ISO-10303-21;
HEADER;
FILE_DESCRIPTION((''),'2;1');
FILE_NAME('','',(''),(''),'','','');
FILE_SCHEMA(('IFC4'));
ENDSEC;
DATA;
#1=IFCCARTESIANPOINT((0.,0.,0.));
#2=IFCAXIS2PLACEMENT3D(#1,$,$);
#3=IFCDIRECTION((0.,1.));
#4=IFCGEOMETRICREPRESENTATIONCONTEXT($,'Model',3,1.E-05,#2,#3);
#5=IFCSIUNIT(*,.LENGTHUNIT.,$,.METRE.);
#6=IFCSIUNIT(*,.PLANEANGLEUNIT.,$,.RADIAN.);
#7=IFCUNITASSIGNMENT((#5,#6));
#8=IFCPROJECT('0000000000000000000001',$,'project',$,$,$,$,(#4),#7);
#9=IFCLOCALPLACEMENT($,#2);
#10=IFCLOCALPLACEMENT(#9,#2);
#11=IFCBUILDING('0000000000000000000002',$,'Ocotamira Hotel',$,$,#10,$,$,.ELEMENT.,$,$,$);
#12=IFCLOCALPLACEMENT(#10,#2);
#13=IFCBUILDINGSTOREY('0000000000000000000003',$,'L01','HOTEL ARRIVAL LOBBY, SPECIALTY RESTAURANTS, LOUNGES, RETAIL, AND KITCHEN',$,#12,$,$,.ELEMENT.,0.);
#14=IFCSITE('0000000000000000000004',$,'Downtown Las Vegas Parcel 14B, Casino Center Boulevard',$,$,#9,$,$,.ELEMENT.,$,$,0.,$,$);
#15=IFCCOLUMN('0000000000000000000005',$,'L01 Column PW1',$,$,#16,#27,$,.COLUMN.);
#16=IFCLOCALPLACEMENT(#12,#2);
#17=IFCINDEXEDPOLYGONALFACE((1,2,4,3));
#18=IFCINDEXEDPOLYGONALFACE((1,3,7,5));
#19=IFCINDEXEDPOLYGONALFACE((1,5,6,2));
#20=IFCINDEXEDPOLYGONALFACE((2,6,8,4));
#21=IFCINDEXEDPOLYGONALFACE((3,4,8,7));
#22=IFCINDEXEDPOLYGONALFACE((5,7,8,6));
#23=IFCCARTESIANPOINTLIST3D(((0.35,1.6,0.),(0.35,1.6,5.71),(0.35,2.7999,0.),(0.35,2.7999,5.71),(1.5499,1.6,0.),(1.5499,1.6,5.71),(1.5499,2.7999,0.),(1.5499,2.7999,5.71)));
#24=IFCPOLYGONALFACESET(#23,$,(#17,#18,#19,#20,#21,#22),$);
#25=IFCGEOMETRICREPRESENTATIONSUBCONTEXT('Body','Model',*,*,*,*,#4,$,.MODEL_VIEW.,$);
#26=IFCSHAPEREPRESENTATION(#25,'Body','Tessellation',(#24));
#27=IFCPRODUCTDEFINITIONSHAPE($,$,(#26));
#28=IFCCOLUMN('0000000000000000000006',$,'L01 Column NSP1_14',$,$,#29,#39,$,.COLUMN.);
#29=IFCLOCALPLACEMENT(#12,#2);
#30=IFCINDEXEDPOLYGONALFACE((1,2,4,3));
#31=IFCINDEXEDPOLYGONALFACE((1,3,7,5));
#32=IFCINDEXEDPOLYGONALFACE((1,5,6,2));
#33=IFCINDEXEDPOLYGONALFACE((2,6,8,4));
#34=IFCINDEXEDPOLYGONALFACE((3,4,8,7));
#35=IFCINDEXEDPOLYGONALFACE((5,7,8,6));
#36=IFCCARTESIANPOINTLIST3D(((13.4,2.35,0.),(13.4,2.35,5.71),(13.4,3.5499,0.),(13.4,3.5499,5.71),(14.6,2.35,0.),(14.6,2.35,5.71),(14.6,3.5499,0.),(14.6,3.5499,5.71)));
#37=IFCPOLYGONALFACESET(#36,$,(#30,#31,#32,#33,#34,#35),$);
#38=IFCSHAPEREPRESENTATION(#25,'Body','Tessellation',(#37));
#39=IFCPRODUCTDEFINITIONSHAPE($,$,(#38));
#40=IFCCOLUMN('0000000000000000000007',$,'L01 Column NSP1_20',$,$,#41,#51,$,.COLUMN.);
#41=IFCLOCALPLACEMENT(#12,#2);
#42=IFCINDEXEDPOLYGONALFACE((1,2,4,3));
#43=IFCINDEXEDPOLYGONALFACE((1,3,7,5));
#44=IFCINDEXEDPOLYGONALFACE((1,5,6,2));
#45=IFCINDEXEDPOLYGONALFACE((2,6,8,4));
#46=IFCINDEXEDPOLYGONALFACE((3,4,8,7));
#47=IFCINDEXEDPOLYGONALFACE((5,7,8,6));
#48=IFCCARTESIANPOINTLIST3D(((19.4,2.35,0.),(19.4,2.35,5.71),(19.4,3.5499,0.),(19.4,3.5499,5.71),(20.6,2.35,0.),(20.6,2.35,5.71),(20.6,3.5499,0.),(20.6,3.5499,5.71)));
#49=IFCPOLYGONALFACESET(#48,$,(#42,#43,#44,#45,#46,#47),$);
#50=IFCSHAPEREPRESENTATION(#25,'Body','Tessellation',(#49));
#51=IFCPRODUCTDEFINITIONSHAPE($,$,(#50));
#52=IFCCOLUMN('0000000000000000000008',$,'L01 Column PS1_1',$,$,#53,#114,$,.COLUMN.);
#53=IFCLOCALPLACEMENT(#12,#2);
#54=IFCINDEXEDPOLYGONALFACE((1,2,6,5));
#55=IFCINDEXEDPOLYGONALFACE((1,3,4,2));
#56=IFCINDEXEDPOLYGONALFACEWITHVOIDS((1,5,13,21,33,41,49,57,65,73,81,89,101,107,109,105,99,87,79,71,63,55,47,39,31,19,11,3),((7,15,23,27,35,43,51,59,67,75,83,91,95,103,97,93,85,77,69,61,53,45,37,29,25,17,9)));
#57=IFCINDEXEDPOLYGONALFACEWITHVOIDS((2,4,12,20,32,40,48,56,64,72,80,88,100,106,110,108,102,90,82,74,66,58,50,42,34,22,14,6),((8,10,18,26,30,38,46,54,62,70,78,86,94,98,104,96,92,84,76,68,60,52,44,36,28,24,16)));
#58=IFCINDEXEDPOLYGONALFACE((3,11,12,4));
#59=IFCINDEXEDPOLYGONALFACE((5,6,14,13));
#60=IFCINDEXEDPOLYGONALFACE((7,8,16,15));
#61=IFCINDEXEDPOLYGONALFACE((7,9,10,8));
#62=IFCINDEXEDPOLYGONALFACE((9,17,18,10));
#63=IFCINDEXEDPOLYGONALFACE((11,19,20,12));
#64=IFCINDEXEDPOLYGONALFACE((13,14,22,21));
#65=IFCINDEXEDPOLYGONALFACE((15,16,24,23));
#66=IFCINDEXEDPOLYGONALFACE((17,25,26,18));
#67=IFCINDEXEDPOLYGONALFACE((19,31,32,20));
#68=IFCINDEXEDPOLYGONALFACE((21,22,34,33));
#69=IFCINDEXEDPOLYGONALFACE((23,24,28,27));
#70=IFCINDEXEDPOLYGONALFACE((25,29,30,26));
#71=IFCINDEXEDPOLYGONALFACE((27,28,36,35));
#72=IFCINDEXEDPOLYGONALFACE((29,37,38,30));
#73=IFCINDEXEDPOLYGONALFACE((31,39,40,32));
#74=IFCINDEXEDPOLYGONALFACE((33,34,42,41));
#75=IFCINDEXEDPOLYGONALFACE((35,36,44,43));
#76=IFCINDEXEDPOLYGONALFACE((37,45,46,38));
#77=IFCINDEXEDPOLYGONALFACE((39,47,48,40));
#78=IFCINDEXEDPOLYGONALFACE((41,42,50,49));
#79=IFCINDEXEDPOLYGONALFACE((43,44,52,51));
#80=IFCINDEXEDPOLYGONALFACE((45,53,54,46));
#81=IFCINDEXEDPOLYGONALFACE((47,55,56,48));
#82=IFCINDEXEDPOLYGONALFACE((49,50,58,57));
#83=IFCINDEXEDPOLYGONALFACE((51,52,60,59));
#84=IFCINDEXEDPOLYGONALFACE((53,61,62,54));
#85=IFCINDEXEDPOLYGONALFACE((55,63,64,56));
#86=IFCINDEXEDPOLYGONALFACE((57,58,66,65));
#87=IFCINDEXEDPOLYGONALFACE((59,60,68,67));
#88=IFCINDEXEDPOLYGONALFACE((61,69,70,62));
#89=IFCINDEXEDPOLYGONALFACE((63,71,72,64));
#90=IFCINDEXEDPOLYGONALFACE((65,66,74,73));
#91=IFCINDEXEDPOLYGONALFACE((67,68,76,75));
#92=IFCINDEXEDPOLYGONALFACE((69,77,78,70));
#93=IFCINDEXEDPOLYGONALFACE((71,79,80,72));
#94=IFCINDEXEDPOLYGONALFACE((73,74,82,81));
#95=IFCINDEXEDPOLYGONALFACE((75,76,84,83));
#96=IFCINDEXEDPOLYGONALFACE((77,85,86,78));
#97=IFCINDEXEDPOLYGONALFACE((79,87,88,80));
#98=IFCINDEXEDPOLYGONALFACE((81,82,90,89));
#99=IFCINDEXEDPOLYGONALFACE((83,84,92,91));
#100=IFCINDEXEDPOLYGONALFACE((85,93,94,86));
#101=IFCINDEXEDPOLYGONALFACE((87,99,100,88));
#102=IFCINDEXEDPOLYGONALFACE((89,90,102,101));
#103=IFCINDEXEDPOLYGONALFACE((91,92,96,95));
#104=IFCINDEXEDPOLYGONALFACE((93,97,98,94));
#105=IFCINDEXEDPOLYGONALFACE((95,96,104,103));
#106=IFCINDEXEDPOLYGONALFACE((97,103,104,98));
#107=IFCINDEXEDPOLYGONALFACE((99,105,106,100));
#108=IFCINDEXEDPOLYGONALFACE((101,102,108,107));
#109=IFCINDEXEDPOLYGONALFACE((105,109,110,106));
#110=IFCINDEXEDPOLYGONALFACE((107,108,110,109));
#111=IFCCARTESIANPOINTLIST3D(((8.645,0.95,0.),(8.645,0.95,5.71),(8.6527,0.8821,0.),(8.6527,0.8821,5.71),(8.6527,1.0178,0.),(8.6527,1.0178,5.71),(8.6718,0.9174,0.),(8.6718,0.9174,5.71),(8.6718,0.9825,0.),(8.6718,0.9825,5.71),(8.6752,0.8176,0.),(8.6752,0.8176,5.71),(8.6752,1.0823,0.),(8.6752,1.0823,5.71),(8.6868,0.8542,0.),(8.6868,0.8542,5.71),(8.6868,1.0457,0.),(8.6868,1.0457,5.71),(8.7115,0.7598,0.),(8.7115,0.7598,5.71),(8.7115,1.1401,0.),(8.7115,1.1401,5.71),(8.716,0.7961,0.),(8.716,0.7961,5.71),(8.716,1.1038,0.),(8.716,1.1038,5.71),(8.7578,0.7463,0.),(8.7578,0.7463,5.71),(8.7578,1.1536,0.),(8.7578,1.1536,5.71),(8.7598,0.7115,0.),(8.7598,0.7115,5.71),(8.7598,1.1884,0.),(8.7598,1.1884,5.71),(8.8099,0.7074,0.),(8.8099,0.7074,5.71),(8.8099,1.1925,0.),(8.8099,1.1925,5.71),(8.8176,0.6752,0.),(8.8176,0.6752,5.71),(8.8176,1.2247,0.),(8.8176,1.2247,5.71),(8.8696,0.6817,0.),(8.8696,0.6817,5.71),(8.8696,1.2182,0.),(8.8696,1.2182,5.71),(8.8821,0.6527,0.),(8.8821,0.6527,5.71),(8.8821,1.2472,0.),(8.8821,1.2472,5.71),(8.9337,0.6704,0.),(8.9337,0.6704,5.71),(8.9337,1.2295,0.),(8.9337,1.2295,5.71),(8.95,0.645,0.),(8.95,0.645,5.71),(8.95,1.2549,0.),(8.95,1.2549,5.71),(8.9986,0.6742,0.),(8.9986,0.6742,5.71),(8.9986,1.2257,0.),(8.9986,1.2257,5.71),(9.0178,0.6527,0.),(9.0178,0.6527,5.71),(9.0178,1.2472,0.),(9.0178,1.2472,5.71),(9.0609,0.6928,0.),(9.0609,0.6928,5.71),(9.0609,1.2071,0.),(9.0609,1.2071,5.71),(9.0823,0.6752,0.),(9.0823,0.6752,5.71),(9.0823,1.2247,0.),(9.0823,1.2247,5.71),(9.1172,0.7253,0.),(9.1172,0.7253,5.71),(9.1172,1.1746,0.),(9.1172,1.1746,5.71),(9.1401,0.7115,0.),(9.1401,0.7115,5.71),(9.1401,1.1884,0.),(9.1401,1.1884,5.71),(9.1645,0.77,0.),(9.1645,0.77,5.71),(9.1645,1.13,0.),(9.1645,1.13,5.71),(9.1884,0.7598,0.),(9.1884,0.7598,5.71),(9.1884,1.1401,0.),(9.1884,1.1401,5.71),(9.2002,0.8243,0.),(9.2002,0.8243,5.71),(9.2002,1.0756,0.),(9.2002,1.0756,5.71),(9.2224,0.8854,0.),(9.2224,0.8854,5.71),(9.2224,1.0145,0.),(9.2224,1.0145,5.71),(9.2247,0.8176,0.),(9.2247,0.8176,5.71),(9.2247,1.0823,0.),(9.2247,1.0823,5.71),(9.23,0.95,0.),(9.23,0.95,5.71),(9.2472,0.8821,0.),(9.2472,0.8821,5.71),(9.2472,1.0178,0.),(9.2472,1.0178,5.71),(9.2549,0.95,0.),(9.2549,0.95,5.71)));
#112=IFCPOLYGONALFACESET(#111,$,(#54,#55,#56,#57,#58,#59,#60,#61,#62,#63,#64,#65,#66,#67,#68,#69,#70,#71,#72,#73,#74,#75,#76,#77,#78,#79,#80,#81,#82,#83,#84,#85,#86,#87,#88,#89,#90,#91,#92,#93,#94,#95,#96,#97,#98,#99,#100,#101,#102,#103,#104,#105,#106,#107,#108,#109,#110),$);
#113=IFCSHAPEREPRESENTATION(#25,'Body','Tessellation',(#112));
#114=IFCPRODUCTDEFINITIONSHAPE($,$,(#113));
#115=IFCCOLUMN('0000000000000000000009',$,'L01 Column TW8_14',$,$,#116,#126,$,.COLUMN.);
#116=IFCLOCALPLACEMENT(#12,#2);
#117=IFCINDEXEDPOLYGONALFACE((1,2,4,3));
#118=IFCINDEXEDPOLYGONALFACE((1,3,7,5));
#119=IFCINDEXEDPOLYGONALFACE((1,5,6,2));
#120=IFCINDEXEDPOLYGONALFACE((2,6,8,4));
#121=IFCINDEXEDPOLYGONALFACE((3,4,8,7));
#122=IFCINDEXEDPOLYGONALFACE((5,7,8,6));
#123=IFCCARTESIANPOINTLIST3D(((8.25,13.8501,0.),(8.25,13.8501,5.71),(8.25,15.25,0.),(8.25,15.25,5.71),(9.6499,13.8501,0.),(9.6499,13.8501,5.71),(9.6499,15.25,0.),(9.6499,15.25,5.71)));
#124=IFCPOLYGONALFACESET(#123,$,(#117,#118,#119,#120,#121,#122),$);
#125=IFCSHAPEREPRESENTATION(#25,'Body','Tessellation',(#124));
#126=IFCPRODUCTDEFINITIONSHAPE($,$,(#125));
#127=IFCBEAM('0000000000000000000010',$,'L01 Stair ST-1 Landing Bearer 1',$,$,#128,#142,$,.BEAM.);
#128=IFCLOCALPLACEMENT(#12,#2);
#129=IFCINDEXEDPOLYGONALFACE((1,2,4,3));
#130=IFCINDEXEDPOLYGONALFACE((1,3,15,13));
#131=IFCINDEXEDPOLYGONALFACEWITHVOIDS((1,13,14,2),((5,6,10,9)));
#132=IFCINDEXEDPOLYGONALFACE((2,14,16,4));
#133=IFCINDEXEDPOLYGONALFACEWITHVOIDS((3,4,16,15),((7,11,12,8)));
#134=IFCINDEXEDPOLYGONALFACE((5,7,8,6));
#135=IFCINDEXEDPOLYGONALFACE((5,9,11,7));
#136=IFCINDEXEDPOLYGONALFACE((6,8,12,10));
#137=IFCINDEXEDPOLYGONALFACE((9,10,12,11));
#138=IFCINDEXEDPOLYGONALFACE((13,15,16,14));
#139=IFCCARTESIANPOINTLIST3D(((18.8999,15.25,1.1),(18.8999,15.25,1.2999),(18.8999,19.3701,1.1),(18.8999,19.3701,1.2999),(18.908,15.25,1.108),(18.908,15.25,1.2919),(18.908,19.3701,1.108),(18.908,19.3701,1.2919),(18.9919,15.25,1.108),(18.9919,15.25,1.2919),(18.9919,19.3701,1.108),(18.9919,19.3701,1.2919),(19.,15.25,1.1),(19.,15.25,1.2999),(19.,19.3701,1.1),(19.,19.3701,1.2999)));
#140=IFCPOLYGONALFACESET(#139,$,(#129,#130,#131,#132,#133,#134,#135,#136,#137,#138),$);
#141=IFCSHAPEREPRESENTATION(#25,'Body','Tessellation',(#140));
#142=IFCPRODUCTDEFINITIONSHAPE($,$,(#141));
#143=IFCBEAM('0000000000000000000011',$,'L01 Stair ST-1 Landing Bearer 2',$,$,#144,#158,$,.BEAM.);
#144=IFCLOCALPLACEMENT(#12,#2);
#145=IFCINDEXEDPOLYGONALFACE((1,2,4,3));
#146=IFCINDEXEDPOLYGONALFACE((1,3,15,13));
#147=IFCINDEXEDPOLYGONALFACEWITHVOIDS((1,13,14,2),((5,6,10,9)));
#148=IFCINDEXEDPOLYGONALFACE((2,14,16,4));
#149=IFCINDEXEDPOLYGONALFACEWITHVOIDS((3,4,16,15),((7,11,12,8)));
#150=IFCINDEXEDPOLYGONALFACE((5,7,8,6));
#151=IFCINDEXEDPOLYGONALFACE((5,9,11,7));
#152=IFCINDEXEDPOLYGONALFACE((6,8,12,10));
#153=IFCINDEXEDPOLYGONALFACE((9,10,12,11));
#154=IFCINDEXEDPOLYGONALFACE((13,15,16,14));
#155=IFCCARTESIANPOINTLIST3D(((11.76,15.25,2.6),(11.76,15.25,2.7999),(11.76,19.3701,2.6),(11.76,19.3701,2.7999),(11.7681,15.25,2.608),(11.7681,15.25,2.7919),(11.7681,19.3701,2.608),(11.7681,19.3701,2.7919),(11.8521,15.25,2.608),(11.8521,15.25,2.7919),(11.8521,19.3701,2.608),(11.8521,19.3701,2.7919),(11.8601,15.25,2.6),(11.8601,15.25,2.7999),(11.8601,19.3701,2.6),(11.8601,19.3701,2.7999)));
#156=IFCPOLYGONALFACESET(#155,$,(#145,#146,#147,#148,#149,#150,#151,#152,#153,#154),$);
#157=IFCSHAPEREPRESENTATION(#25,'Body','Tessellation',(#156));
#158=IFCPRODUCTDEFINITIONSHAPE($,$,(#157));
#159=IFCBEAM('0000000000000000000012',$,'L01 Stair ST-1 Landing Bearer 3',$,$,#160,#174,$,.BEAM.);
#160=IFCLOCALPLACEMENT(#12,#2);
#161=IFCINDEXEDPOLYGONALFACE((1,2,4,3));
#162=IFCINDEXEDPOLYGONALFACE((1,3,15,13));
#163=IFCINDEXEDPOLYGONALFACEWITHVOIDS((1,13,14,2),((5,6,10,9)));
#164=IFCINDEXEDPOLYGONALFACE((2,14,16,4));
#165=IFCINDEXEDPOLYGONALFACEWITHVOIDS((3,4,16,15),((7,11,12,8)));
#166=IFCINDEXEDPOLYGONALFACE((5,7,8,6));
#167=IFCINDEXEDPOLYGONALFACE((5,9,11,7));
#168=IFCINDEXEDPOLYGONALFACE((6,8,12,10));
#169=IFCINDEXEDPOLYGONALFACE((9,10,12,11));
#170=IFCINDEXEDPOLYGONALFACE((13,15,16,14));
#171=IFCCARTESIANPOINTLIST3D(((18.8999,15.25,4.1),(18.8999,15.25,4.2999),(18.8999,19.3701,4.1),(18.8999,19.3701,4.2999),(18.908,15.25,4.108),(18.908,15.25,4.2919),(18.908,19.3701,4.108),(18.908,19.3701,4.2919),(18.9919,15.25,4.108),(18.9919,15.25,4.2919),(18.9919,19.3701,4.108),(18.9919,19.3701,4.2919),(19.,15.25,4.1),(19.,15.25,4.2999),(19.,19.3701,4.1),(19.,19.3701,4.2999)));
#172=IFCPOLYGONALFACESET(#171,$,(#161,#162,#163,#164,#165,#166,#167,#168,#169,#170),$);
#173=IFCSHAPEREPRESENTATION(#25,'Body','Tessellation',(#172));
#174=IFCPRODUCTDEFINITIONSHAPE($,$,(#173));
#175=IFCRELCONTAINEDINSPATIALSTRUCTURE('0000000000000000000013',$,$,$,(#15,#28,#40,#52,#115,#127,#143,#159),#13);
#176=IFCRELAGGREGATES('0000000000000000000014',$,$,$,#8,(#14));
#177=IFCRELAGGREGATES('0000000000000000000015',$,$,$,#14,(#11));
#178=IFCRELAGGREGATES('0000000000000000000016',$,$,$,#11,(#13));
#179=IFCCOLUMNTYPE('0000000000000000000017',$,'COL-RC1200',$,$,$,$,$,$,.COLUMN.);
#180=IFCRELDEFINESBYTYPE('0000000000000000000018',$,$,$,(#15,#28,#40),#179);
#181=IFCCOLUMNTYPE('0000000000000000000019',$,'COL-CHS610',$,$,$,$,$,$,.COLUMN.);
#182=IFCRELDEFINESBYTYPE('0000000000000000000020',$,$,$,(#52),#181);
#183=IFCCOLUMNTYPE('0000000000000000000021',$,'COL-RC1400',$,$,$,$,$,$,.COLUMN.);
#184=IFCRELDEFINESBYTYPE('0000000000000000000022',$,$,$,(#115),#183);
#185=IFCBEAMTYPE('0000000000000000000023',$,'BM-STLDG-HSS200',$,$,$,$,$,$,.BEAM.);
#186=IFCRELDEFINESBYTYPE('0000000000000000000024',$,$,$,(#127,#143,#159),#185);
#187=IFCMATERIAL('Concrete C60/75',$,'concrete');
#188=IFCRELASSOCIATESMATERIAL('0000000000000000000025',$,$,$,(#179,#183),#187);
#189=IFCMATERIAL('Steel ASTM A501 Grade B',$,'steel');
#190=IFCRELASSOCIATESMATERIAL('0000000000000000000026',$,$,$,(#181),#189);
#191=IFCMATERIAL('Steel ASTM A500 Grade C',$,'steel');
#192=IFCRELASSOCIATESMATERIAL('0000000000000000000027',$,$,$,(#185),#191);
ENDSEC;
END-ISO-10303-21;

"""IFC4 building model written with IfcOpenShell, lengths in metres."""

from ifc_helpers import new_model, si_unit, direction, frame, origin, origin_2d, place, context, subcontext, project, spatial, rectangle, hollow_rectangle, hollow_circle, extrude, source, transform, mapped, material, material_profile, profile_set, type_object, element, save


model = new_model("IFC4")

# Units and contexts
model_context = context("Model", 3, precision=1e-05, world=origin(), true_north=direction((0.0, 1.0)))
body_context = subcontext(model_context, "Body", "Model", "MODEL_VIEW")
ifc_project = project(units=[si_unit("LENGTHUNIT", "METRE"), si_unit("PLANEANGLEUNIT", "RADIAN")], contexts=[model_context])

# Site, building, storey
site_placement = place(None, origin())
site = spatial("IfcSite", under=ifc_project, at=site_placement, Name="Downtown Las Vegas Parcel 14B, Casino Center Boulevard", CompositionType="ELEMENT", RefElevation=0.0)
building_placement = place(site_placement, origin())
building = spatial("IfcBuilding", under=site, at=building_placement, Name="Ocotamira Hotel", CompositionType="ELEMENT")
storey_placement = place(building_placement, origin())
storey = spatial("IfcBuildingStorey", under=building, at=storey_placement, Name="L01", Description="HOTEL ARRIVAL LOBBY, SPECIALTY RESTAURANTS, LOUNGES, RETAIL, AND KITCHEN", CompositionType="ELEMENT", Elevation=0.0)

# Columns
ifc_material_1 = material(Name="Concrete C60/75", Category="concrete")
ifc_material_profile_1 = material_profile(ifc_material_1, rectangle(XDim=1.2, YDim=1.2, at=origin_2d()), Name="RC1200X1200")
ifc_profile_set_1 = profile_set([ifc_material_profile_1], Name="Concrete C60/75")
column_type_1 = type_object("IfcColumnType", Name="COL-RC1200", PredefinedType="COLUMN", material=ifc_profile_set_1)
shared_shape_1 = source(origin(), body_context, "Body", "SweptSolid", [
    extrude(rectangle(XDim=1.2, YDim=1.2, at=origin_2d()), origin(), (0.0, 0.0, 1.0), 5.71),
])
for number, where, z_axis, x_axis, name in (
    (1, (0.95, 2.2, 0.0), (0.0, 0.0, 1.0), (1.0, 0.0, 0.0), "L01 Column PW1"),
    (2, (14.0, 2.95, 0.0), (0.0, 0.0, 1.0), (1.0, 0.0, 0.0), "L01 Column NSP1_14"),
    (3, (20.0, 2.95, 0.0), (0.0, 0.0, 1.0), (1.0, 0.0, 0.0), "L01 Column NSP1_20"),
):
    element("IfcColumn", number, at=place(storey_placement, frame(where, z_axis=z_axis, x_axis=x_axis)), inside=storey, type_object=column_type_1, Name=name, PredefinedType="COLUMN", context=body_context, shape_type="MappedRepresentation", body=[
        mapped(shared_shape_1, transform((0.0, 0.0, 0.0), scale=1.0)),
    ])
ifc_material_2 = material(Name="Steel ASTM A501 Grade B", Category="steel")
ifc_material_profile_2 = material_profile(ifc_material_2, hollow_circle(Radius=0.3049, WallThickness=0.0249, at=origin_2d()), Name="CHS610X25")
ifc_profile_set_2 = profile_set([ifc_material_profile_2], Name="Steel ASTM A501 Grade B")
column_type_2 = type_object("IfcColumnType", Name="COL-CHS610", PredefinedType="COLUMN", material=ifc_profile_set_2)
shared_shape_2 = source(origin(), body_context, "Body", "SweptSolid", [
    extrude(hollow_circle(Radius=0.3049, WallThickness=0.0249, at=origin_2d()), origin(), (0.0, 0.0, 1.0), 5.71),
])
column_1_placement = place(storey_placement, frame((8.95, 0.95, 0.0), z_axis=(0.0, 0.0, 1.0), x_axis=(1.0, 0.0, 0.0)))
element("IfcColumn", 4, at=column_1_placement, inside=storey, type_object=column_type_2, Name="L01 Column PS1_1", PredefinedType="COLUMN", context=body_context, shape_type="MappedRepresentation", body=[
    mapped(shared_shape_2, transform((0.0, 0.0, 0.0), scale=1.0)),
])
ifc_material_profile_3 = material_profile(ifc_material_1, rectangle(XDim=1.3999, YDim=1.3999, at=origin_2d()), Name="RC1400X1400")
ifc_profile_set_3 = profile_set([ifc_material_profile_3], Name="Concrete C60/75")
column_type_3 = type_object("IfcColumnType", Name="COL-RC1400", PredefinedType="COLUMN", material=ifc_profile_set_3)
shared_shape_3 = source(origin(), body_context, "Body", "SweptSolid", [
    extrude(rectangle(XDim=1.3999, YDim=1.3999, at=origin_2d()), origin(), (0.0, 0.0, 1.0), 5.71),
])
column_2_placement = place(storey_placement, frame((8.95, 14.55, 0.0), z_axis=(0.0, 0.0, 1.0), x_axis=(1.0, 0.0, 0.0)))
element("IfcColumn", 5, at=column_2_placement, inside=storey, type_object=column_type_3, Name="L01 Column TW8_14", PredefinedType="COLUMN", context=body_context, shape_type="MappedRepresentation", body=[
    mapped(shared_shape_3, transform((0.0, 0.0, 0.0), scale=1.0)),
])

# Beams
ifc_material_3 = material(Name="Steel ASTM A500 Grade C", Category="steel")
ifc_material_profile_4 = material_profile(ifc_material_3, hollow_rectangle(XDim=0.1001, YDim=0.2, WallThickness=0.0081, at=origin_2d()), Name="HSS200X100X8")
ifc_profile_set_4 = profile_set([ifc_material_profile_4], Name="Steel ASTM A500 Grade C")
beam_type_1 = type_object("IfcBeamType", Name="BM-STLDG-HSS200", PredefinedType="BEAM", material=ifc_profile_set_4)
shared_shape_4 = source(origin(), body_context, "Body", "SweptSolid", [
    extrude(hollow_rectangle(XDim=0.1001, YDim=0.2, WallThickness=0.0081, at=origin_2d()), origin(), (0.0, 0.0, 1.0), 4.1201),
])
for number, where, z_axis, x_axis, name in (
    (6, (18.95, 15.25, 1.2), (0.0, 1.0, 0.0), (-1.0, 0.0, 0.0), "L01 Stair ST-1 Landing Bearer 1"),
    (7, (11.8101, 15.25, 2.7), (0.0, 1.0, 0.0), (-1.0, 0.0, 0.0), "L01 Stair ST-1 Landing Bearer 2"),
    (8, (18.95, 15.25, 4.2), (0.0, 1.0, 0.0), (-1.0, 0.0, 0.0), "L01 Stair ST-1 Landing Bearer 3"),
):
    element("IfcBeam", number, at=place(storey_placement, frame(where, z_axis=z_axis, x_axis=x_axis)), inside=storey, type_object=beam_type_1, Name=name, PredefinedType="BEAM", context=body_context, shape_type="MappedRepresentation", body=[
        mapped(shared_shape_4, transform((0.0, 0.0, 0.0), scale=1.0)),
    ])

save(model, "model.ifc")
